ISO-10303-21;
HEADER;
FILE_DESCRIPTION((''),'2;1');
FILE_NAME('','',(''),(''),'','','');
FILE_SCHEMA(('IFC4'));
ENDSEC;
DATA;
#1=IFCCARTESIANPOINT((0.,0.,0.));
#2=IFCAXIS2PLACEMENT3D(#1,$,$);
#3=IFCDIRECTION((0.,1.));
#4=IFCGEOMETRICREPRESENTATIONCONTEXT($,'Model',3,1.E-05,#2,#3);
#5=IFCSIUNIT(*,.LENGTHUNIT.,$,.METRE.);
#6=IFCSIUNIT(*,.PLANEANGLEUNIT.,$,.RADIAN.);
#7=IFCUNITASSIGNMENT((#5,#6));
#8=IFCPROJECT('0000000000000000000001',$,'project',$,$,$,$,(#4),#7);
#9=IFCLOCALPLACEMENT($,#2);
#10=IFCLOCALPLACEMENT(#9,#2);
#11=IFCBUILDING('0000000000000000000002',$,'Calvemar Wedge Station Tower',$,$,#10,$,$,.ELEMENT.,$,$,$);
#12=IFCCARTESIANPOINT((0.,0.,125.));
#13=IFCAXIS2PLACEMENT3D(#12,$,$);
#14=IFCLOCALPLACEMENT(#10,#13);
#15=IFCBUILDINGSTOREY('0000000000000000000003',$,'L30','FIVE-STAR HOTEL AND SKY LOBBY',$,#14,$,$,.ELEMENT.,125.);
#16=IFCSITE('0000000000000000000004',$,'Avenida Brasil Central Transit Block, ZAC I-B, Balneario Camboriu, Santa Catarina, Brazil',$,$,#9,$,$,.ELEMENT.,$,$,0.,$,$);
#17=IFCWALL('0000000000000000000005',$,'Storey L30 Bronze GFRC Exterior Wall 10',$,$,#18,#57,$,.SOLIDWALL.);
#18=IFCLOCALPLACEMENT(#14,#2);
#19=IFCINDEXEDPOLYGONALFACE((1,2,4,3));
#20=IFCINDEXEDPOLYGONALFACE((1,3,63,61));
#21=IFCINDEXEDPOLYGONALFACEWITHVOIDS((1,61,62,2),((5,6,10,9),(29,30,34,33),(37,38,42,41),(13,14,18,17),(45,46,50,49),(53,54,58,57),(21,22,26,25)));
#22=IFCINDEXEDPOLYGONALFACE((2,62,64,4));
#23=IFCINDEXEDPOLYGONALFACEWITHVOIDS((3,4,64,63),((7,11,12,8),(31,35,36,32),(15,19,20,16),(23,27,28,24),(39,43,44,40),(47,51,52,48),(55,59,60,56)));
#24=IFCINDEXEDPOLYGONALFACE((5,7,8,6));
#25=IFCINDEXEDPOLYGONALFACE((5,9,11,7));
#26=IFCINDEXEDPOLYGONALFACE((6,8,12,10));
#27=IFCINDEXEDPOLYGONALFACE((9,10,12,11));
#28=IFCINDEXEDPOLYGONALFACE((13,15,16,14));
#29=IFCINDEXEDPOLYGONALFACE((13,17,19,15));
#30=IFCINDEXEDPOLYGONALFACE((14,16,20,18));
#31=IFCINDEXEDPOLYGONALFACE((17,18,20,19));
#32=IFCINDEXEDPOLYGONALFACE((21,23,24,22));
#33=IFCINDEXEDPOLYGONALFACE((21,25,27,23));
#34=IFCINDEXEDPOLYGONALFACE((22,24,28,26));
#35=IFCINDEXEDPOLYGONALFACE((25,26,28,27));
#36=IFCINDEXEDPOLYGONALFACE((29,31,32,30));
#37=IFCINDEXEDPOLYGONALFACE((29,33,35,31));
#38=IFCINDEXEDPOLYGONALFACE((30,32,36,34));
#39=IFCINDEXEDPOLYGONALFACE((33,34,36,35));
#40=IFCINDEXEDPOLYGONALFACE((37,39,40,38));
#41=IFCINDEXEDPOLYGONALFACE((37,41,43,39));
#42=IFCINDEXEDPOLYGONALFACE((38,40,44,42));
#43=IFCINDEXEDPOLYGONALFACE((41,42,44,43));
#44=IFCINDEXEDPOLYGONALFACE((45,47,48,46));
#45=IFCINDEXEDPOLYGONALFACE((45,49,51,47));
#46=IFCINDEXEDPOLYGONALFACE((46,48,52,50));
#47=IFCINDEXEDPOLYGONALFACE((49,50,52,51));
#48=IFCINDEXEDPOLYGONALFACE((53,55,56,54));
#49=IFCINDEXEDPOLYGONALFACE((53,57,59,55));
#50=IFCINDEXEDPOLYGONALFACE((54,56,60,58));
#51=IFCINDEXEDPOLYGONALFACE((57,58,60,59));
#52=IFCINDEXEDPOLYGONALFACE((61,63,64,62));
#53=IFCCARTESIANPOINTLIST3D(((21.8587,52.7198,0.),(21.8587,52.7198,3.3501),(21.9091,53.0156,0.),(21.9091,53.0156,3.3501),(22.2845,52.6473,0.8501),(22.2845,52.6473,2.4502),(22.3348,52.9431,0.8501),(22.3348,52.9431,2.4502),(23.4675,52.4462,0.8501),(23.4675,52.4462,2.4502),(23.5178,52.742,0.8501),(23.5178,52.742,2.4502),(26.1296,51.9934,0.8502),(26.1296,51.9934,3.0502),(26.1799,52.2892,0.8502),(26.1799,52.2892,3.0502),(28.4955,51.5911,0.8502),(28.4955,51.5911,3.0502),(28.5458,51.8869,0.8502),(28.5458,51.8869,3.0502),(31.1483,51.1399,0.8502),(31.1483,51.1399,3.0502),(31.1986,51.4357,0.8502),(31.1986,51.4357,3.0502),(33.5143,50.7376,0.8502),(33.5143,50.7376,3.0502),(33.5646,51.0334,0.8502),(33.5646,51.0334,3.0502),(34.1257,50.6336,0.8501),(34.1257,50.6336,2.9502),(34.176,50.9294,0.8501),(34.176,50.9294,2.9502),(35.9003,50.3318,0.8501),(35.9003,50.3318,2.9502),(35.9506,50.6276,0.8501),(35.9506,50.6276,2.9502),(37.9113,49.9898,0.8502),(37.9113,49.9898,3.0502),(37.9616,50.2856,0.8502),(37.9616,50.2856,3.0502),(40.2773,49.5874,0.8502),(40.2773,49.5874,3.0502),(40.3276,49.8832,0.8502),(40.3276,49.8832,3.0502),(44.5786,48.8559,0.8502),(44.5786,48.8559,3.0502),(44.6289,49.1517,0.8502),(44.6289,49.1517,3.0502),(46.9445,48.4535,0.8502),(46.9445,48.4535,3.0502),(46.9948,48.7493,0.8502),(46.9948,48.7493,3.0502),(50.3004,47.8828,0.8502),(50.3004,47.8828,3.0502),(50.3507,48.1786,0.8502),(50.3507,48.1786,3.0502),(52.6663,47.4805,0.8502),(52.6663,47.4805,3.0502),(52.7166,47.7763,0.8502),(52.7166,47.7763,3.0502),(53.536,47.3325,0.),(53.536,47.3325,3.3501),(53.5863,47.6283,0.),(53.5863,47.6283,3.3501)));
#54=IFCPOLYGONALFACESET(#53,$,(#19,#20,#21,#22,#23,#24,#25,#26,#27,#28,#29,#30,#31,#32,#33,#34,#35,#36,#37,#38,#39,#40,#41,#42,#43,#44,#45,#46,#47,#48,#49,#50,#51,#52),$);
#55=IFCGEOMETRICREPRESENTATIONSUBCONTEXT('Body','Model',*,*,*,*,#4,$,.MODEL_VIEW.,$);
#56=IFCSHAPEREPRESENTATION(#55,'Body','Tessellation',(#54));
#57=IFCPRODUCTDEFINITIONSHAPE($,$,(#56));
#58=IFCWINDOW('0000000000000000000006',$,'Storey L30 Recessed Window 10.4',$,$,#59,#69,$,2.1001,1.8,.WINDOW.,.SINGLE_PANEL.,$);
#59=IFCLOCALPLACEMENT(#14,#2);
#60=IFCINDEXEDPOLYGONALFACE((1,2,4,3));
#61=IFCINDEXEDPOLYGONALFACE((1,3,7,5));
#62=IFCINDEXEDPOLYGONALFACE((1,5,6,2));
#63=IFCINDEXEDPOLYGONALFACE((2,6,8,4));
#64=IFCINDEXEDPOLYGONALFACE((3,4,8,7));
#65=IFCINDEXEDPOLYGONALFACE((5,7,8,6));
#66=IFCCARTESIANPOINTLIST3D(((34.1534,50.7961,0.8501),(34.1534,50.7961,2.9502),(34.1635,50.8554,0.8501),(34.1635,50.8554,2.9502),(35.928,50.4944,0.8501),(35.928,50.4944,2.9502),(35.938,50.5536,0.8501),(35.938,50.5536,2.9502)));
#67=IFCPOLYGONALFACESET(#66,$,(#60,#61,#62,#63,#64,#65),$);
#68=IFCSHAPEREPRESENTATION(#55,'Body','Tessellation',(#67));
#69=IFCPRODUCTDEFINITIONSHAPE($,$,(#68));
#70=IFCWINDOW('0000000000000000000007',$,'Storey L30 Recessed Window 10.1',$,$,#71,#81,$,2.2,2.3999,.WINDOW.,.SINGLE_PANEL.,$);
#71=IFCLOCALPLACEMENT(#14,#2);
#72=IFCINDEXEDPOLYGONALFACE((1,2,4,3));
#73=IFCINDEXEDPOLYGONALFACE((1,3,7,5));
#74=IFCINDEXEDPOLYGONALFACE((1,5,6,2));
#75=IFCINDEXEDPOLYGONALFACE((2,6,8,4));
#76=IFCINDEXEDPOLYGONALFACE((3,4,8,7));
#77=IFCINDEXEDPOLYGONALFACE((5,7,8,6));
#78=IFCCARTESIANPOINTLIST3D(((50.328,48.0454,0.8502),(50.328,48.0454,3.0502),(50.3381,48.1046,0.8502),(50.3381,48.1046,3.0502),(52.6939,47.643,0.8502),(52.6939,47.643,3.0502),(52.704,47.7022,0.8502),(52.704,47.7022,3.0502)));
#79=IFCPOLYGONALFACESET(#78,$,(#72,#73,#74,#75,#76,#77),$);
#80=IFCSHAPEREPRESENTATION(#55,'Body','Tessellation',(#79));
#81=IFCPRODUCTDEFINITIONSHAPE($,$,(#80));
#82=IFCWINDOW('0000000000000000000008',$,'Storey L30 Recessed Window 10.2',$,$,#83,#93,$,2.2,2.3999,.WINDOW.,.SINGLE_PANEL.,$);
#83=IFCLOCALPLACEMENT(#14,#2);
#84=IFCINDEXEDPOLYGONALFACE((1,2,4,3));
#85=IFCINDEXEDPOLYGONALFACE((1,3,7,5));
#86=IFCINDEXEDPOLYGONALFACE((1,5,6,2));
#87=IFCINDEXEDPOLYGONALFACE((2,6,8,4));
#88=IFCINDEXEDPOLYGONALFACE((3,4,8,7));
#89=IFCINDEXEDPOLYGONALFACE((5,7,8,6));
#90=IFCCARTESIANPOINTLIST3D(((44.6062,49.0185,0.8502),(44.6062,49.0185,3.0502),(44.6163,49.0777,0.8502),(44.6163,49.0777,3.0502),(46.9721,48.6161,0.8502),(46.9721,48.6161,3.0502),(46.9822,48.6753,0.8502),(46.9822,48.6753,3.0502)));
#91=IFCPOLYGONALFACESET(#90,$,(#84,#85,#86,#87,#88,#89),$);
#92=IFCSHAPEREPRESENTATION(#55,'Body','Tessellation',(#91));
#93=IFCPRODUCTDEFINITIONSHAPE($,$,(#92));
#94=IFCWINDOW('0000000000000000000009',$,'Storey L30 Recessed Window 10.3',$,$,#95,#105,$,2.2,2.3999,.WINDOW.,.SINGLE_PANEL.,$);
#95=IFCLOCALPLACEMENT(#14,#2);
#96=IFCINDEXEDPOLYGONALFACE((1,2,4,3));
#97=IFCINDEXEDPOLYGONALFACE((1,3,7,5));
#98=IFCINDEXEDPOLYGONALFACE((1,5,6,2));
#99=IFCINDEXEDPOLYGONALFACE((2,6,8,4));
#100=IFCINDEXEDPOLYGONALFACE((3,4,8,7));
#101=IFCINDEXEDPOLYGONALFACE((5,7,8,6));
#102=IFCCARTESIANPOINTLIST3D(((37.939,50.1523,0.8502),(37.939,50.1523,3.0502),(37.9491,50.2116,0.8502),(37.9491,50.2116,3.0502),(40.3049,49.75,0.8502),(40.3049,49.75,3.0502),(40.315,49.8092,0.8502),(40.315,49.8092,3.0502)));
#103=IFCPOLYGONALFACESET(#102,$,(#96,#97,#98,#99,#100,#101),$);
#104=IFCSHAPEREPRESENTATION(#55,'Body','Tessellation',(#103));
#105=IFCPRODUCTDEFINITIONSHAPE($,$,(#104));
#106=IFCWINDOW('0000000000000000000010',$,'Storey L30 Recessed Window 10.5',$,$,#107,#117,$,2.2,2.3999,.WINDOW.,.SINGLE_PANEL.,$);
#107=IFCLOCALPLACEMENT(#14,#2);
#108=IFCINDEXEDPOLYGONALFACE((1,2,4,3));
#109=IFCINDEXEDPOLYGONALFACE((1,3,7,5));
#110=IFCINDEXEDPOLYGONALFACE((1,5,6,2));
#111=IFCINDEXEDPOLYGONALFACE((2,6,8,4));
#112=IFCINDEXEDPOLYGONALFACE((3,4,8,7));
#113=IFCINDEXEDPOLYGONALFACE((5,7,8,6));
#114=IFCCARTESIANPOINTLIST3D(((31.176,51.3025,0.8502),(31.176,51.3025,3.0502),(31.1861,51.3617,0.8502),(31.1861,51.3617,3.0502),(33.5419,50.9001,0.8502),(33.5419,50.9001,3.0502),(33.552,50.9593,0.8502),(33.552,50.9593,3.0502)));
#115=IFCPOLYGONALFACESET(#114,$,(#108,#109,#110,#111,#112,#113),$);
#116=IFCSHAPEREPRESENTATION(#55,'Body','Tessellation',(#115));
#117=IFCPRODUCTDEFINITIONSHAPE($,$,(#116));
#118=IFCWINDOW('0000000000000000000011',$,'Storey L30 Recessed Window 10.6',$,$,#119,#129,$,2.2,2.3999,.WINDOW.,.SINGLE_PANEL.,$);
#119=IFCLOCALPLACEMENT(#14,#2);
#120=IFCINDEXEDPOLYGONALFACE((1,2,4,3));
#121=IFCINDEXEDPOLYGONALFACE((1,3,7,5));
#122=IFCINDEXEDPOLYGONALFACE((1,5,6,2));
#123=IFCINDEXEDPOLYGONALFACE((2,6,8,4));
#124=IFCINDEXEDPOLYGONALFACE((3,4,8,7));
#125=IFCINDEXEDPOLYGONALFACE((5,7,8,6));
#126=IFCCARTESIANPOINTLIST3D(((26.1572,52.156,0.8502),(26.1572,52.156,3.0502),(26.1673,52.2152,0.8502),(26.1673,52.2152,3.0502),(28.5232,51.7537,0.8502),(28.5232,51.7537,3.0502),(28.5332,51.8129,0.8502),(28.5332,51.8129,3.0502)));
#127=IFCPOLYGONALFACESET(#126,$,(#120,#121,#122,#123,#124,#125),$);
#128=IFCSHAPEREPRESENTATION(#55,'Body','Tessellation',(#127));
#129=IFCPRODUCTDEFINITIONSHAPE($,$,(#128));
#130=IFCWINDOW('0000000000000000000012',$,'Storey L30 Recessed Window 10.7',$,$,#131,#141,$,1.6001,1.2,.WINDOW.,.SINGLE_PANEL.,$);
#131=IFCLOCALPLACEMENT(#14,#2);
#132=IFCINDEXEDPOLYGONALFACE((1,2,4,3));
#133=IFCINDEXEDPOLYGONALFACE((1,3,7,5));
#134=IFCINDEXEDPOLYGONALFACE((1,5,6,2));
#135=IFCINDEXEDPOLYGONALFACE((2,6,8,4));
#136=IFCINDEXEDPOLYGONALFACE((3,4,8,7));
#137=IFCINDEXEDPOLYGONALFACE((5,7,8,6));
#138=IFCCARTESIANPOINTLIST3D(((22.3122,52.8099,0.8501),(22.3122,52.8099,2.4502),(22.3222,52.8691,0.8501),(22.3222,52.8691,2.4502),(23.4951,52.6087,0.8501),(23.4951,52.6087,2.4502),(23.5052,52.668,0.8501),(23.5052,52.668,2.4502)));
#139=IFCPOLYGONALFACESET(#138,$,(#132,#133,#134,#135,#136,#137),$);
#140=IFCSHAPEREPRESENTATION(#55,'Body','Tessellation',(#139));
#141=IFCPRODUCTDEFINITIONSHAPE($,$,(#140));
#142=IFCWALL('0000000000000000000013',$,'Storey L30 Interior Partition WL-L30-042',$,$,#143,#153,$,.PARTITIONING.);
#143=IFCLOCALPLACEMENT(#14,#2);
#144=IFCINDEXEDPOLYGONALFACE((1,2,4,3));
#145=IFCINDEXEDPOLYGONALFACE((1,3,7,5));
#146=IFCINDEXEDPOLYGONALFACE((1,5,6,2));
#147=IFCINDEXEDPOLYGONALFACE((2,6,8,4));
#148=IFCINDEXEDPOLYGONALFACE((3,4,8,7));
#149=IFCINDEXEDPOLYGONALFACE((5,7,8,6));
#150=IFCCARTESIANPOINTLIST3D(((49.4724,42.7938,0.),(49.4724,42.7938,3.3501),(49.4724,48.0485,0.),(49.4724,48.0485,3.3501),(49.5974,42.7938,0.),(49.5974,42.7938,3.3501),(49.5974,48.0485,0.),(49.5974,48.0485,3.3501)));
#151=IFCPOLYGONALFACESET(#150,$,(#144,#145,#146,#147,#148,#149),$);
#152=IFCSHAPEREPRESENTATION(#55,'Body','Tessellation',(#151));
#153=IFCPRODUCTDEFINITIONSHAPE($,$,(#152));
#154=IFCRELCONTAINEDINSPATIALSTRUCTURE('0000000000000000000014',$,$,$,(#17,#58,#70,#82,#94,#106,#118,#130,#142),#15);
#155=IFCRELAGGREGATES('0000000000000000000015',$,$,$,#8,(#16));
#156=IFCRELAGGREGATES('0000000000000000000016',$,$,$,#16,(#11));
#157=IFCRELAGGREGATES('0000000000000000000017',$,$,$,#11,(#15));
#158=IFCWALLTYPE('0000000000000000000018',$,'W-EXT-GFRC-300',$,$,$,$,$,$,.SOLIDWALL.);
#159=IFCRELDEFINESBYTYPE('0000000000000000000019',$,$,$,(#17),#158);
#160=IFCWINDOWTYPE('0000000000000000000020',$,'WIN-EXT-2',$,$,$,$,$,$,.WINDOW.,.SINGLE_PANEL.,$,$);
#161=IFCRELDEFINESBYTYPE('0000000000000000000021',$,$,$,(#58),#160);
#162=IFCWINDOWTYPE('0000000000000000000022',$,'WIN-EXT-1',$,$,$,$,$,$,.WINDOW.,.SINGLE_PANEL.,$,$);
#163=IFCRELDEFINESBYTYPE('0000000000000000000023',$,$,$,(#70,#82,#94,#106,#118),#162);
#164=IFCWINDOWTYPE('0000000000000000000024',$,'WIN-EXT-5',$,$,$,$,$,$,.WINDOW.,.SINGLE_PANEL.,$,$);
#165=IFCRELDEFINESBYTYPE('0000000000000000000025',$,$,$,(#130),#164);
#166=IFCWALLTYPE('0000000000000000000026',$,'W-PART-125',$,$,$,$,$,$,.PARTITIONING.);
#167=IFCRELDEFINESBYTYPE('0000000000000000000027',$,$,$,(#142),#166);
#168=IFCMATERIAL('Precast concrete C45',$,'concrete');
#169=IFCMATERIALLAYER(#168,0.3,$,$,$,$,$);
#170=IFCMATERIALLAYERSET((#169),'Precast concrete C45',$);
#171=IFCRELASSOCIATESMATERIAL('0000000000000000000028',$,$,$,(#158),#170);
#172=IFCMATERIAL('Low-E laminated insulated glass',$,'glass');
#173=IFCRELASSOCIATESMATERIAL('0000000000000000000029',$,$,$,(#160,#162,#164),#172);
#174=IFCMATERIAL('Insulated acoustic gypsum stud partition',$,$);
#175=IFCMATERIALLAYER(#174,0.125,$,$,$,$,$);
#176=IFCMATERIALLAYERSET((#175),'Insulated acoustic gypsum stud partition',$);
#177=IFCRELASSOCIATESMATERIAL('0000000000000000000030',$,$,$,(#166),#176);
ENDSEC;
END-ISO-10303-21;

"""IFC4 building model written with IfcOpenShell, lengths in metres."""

from ifc_helpers import new_model, si_unit, direction, frame, frame_2d, origin, place, context, subcontext, project, spatial, rectangle, extrude, source, transform, mapped, material, layer, layer_set, type_object, element, fill, save


model = new_model("IFC4")

# Units and contexts
model_context = context("Model", 3, precision=1e-05, world=origin(), true_north=direction((0.0, 1.0)))
body_context = subcontext(model_context, "Body", "Model", "MODEL_VIEW")
ifc_project = project(units=[si_unit("LENGTHUNIT", "METRE"), si_unit("PLANEANGLEUNIT", "RADIAN")], contexts=[model_context])

# Site, building, storey
site_placement = place(None, origin())
site = spatial("IfcSite", under=ifc_project, at=site_placement, Name="Avenida Brasil Central Transit Block, ZAC I-B, Balneario Camboriu, Santa Catarina, Brazil", CompositionType="ELEMENT", RefElevation=0.0)
building_placement = place(site_placement, origin())
building = spatial("IfcBuilding", under=site, at=building_placement, Name="Calvemar Wedge Station Tower", CompositionType="ELEMENT")
storey_placement = place(building_placement, frame((0.0, 0.0, 125.0)))
storey = spatial("IfcBuildingStorey", under=building, at=storey_placement, Name="L30", Description="FIVE-STAR HOTEL AND SKY LOBBY", CompositionType="ELEMENT", Elevation=125.0)

# Shared definitions
ifc_material_1 = material(Name="Precast concrete C45", Category="concrete")
ifc_layer_1 = layer(ifc_material_1, 0.3)
ifc_layer_set_1 = layer_set([ifc_layer_1], Name="Precast concrete C45")
wall_type_1 = type_object("IfcWallType", Name="W-EXT-GFRC-300", PredefinedType="SOLIDWALL", material=ifc_layer_set_1)
ifc_material_2 = material(Name="Low-E laminated insulated glass", Category="glass")

# Wall, openings, windows
wall_1_placement = place(storey_placement, frame((53.561, 47.4805, 0.0), z_axis=(0.0, 0.0, 1.0), x_axis=(-0.985845, 0.167658, 0.0)))
wall_1 = element("IfcWall", 1, at=wall_1_placement, inside=storey, type_object=wall_type_1, Name="Storey L30 Bronze GFRC Exterior Wall 10", PredefinedType="SOLIDWALL", context=body_context, shape_type="SweptSolid", body=[
    extrude(rectangle(XDim=32.1321, YDim=0.3, at=frame_2d((16.0659, 0.0))), origin(), (0.0, 0.0, 1.0), 3.3501),
])
shared_shape_1 = source(origin(), body_context, "Body", "SweptSolid", [
    extrude(rectangle(XDim=2.3999, YDim=2.2, at=frame_2d((1.2, 1.1001))), frame((0.0, 0.1602, 0.0), z_axis=(0.0, -1.0, 0.0), x_axis=(1.0, 0.0, 0.0)), (0.0, 0.0, 1.0), 0.3201),
])
opening_1_placement = place(wall_1_placement, frame((0.8821, 0.0, 0.8501)))
opening_1 = element("IfcOpeningElement", 2, at=opening_1_placement, cuts=wall_1, PredefinedType="OPENING", context=body_context, shape_type="MappedRepresentation", body=[
    mapped(shared_shape_1, transform((0.0, 0.0, 0.0), scale=1.0)),
])
opening_2_placement = place(wall_1_placement, frame((6.686, 0.0, 0.8501)))
opening_2 = element("IfcOpeningElement", 3, at=opening_2_placement, cuts=wall_1, PredefinedType="OPENING", context=body_context, shape_type="MappedRepresentation", body=[
    mapped(shared_shape_1, transform((0.0, 0.0, 0.0), scale=1.0)),
])
opening_3_placement = place(wall_1_placement, frame((13.449, 0.0, 0.8501)))
opening_3 = element("IfcOpeningElement", 4, at=opening_3_placement, cuts=wall_1, PredefinedType="OPENING", context=body_context, shape_type="MappedRepresentation", body=[
    mapped(shared_shape_1, transform((0.0, 0.0, 0.0), scale=1.0)),
])
shared_shape_2 = source(origin(), body_context, "Body", "SweptSolid", [
    extrude(rectangle(XDim=1.8, YDim=2.1001, at=frame_2d((0.8999, 1.05))), frame((0.0, 0.1602, 0.0), z_axis=(0.0, -1.0, 0.0), x_axis=(1.0, 0.0, 0.0)), (0.0, 0.0, 1.0), 0.3201),
])
opening_4_placement = place(wall_1_placement, frame((17.8889, 0.0, 0.8501)))
opening_4 = element("IfcOpeningElement", 5, at=opening_4_placement, cuts=wall_1, PredefinedType="OPENING", context=body_context, shape_type="MappedRepresentation", body=[
    mapped(shared_shape_2, transform((0.0, 0.0, 0.0), scale=1.0)),
])
opening_5_placement = place(wall_1_placement, frame((20.3091, 0.0, 0.8501)))
opening_5 = element("IfcOpeningElement", 6, at=opening_5_placement, cuts=wall_1, PredefinedType="OPENING", context=body_context, shape_type="MappedRepresentation", body=[
    mapped(shared_shape_1, transform((0.0, 0.0, 0.0), scale=1.0)),
])
opening_6_placement = place(wall_1_placement, frame((25.3999, 0.0, 0.8501)))
opening_6 = element("IfcOpeningElement", 7, at=opening_6_placement, cuts=wall_1, PredefinedType="OPENING", context=body_context, shape_type="MappedRepresentation", body=[
    mapped(shared_shape_1, transform((0.0, 0.0, 0.0), scale=1.0)),
])
shared_shape_3 = source(origin(), body_context, "Body", "SweptSolid", [
    extrude(rectangle(XDim=1.2, YDim=1.6001, at=frame_2d((0.6001, 0.8))), frame((0.0, 0.1602, 0.0), z_axis=(0.0, -1.0, 0.0), x_axis=(1.0, 0.0, 0.0)), (0.0, 0.0, 1.0), 0.3201),
])
opening_7_placement = place(wall_1_placement, frame((30.5, 0.0, 0.8501)))
opening_7 = element("IfcOpeningElement", 8, at=opening_7_placement, cuts=wall_1, PredefinedType="OPENING", context=body_context, shape_type="MappedRepresentation", body=[
    mapped(shared_shape_3, transform((0.0, 0.0, 0.0), scale=1.0)),
])
window_type_1 = type_object("IfcWindowType", Name="WIN-EXT-2", PartitioningType="SINGLE_PANEL", PredefinedType="WINDOW", material=ifc_material_2)
shared_shape_4 = source(origin(), body_context, "Body", "SweptSolid", [
    extrude(rectangle(XDim=1.8, YDim=2.1001, at=frame_2d((0.8999, 1.05))), frame((0.0, -0.0149, 0.0), z_axis=(0.0, -1.0, 0.0), x_axis=(1.0, 0.0, 0.0)), (0.0, 0.0, 1.0), 0.0601),
])
window_1_placement = place(opening_4_placement, origin())
window_1 = element("IfcWindow", 9, at=window_1_placement, inside=storey, type_object=window_type_1, Name="Storey L30 Recessed Window 10.4", OverallHeight=2.1001, OverallWidth=1.8, PartitioningType="SINGLE_PANEL", PredefinedType="WINDOW", context=body_context, shape_type="MappedRepresentation", body=[
    mapped(shared_shape_4, transform((0.0, 0.0, 0.0), scale=1.0)),
])
fill(opening_4, window_1)
window_type_2 = type_object("IfcWindowType", Name="WIN-EXT-1", PartitioningType="SINGLE_PANEL", PredefinedType="WINDOW", material=ifc_material_2)
shared_shape_5 = source(origin(), body_context, "Body", "SweptSolid", [
    extrude(rectangle(XDim=2.3999, YDim=2.2, at=frame_2d((1.2, 1.1001))), frame((0.0, -0.0149, 0.0), z_axis=(0.0, -1.0, 0.0), x_axis=(1.0, 0.0, 0.0)), (0.0, 0.0, 1.0), 0.0601),
])
window_2_placement = place(opening_1_placement, origin())
window_2 = element("IfcWindow", 10, at=window_2_placement, inside=storey, type_object=window_type_2, Name="Storey L30 Recessed Window 10.1", OverallHeight=2.2, OverallWidth=2.3999, PartitioningType="SINGLE_PANEL", PredefinedType="WINDOW", context=body_context, shape_type="MappedRepresentation", body=[
    mapped(shared_shape_5, transform((0.0, 0.0, 0.0), scale=1.0)),
])
fill(opening_1, window_2)
window_3_placement = place(opening_2_placement, origin())
window_3 = element("IfcWindow", 11, at=window_3_placement, inside=storey, type_object=window_type_2, Name="Storey L30 Recessed Window 10.2", OverallHeight=2.2, OverallWidth=2.3999, PartitioningType="SINGLE_PANEL", PredefinedType="WINDOW", context=body_context, shape_type="MappedRepresentation", body=[
    mapped(shared_shape_5, transform((0.0, 0.0, 0.0), scale=1.0)),
])
fill(opening_2, window_3)
window_4_placement = place(opening_3_placement, origin())
window_4 = element("IfcWindow", 12, at=window_4_placement, inside=storey, type_object=window_type_2, Name="Storey L30 Recessed Window 10.3", OverallHeight=2.2, OverallWidth=2.3999, PartitioningType="SINGLE_PANEL", PredefinedType="WINDOW", context=body_context, shape_type="MappedRepresentation", body=[
    mapped(shared_shape_5, transform((0.0, 0.0, 0.0), scale=1.0)),
])
fill(opening_3, window_4)
window_5_placement = place(opening_5_placement, origin())
window_5 = element("IfcWindow", 13, at=window_5_placement, inside=storey, type_object=window_type_2, Name="Storey L30 Recessed Window 10.5", OverallHeight=2.2, OverallWidth=2.3999, PartitioningType="SINGLE_PANEL", PredefinedType="WINDOW", context=body_context, shape_type="MappedRepresentation", body=[
    mapped(shared_shape_5, transform((0.0, 0.0, 0.0), scale=1.0)),
])
fill(opening_5, window_5)
window_6_placement = place(opening_6_placement, origin())
window_6 = element("IfcWindow", 14, at=window_6_placement, inside=storey, type_object=window_type_2, Name="Storey L30 Recessed Window 10.6", OverallHeight=2.2, OverallWidth=2.3999, PartitioningType="SINGLE_PANEL", PredefinedType="WINDOW", context=body_context, shape_type="MappedRepresentation", body=[
    mapped(shared_shape_5, transform((0.0, 0.0, 0.0), scale=1.0)),
])
fill(opening_6, window_6)
window_type_3 = type_object("IfcWindowType", Name="WIN-EXT-5", PartitioningType="SINGLE_PANEL", PredefinedType="WINDOW", material=ifc_material_2)
shared_shape_6 = source(origin(), body_context, "Body", "SweptSolid", [
    extrude(rectangle(XDim=1.2, YDim=1.6001, at=frame_2d((0.6001, 0.8))), frame((0.0, -0.0149, 0.0), z_axis=(0.0, -1.0, 0.0), x_axis=(1.0, 0.0, 0.0)), (0.0, 0.0, 1.0), 0.0601),
])
window_7_placement = place(opening_7_placement, origin())
window_7 = element("IfcWindow", 15, at=window_7_placement, inside=storey, type_object=window_type_3, Name="Storey L30 Recessed Window 10.7", OverallHeight=1.6001, OverallWidth=1.2, PartitioningType="SINGLE_PANEL", PredefinedType="WINDOW", context=body_context, shape_type="MappedRepresentation", body=[
    mapped(shared_shape_6, transform((0.0, 0.0, 0.0), scale=1.0)),
])
fill(opening_7, window_7)

# Wall
ifc_material_3 = material(Name="Insulated acoustic gypsum stud partition")
ifc_layer_2 = layer(ifc_material_3, 0.125)
ifc_layer_set_2 = layer_set([ifc_layer_2], Name="Insulated acoustic gypsum stud partition")
wall_type_2 = type_object("IfcWallType", Name="W-PART-125", PredefinedType="PARTITIONING", material=ifc_layer_set_2)
wall_2_placement = place(storey_placement, frame((49.5349, 48.0486, 0.0), z_axis=(0.0, 0.0, 1.0), x_axis=(0.0, -1.0, 0.0)))
element("IfcWall", 16, at=wall_2_placement, inside=storey, type_object=wall_type_2, Name="Storey L30 Interior Partition WL-L30-042", PredefinedType="PARTITIONING", context=body_context, shape_type="SweptSolid", body=[
    extrude(rectangle(XDim=5.2546, YDim=0.125, at=frame_2d((2.6274, 0.0))), origin(), (0.0, 0.0, 1.0), 3.3501),
])

save(model, "model.ifc")
